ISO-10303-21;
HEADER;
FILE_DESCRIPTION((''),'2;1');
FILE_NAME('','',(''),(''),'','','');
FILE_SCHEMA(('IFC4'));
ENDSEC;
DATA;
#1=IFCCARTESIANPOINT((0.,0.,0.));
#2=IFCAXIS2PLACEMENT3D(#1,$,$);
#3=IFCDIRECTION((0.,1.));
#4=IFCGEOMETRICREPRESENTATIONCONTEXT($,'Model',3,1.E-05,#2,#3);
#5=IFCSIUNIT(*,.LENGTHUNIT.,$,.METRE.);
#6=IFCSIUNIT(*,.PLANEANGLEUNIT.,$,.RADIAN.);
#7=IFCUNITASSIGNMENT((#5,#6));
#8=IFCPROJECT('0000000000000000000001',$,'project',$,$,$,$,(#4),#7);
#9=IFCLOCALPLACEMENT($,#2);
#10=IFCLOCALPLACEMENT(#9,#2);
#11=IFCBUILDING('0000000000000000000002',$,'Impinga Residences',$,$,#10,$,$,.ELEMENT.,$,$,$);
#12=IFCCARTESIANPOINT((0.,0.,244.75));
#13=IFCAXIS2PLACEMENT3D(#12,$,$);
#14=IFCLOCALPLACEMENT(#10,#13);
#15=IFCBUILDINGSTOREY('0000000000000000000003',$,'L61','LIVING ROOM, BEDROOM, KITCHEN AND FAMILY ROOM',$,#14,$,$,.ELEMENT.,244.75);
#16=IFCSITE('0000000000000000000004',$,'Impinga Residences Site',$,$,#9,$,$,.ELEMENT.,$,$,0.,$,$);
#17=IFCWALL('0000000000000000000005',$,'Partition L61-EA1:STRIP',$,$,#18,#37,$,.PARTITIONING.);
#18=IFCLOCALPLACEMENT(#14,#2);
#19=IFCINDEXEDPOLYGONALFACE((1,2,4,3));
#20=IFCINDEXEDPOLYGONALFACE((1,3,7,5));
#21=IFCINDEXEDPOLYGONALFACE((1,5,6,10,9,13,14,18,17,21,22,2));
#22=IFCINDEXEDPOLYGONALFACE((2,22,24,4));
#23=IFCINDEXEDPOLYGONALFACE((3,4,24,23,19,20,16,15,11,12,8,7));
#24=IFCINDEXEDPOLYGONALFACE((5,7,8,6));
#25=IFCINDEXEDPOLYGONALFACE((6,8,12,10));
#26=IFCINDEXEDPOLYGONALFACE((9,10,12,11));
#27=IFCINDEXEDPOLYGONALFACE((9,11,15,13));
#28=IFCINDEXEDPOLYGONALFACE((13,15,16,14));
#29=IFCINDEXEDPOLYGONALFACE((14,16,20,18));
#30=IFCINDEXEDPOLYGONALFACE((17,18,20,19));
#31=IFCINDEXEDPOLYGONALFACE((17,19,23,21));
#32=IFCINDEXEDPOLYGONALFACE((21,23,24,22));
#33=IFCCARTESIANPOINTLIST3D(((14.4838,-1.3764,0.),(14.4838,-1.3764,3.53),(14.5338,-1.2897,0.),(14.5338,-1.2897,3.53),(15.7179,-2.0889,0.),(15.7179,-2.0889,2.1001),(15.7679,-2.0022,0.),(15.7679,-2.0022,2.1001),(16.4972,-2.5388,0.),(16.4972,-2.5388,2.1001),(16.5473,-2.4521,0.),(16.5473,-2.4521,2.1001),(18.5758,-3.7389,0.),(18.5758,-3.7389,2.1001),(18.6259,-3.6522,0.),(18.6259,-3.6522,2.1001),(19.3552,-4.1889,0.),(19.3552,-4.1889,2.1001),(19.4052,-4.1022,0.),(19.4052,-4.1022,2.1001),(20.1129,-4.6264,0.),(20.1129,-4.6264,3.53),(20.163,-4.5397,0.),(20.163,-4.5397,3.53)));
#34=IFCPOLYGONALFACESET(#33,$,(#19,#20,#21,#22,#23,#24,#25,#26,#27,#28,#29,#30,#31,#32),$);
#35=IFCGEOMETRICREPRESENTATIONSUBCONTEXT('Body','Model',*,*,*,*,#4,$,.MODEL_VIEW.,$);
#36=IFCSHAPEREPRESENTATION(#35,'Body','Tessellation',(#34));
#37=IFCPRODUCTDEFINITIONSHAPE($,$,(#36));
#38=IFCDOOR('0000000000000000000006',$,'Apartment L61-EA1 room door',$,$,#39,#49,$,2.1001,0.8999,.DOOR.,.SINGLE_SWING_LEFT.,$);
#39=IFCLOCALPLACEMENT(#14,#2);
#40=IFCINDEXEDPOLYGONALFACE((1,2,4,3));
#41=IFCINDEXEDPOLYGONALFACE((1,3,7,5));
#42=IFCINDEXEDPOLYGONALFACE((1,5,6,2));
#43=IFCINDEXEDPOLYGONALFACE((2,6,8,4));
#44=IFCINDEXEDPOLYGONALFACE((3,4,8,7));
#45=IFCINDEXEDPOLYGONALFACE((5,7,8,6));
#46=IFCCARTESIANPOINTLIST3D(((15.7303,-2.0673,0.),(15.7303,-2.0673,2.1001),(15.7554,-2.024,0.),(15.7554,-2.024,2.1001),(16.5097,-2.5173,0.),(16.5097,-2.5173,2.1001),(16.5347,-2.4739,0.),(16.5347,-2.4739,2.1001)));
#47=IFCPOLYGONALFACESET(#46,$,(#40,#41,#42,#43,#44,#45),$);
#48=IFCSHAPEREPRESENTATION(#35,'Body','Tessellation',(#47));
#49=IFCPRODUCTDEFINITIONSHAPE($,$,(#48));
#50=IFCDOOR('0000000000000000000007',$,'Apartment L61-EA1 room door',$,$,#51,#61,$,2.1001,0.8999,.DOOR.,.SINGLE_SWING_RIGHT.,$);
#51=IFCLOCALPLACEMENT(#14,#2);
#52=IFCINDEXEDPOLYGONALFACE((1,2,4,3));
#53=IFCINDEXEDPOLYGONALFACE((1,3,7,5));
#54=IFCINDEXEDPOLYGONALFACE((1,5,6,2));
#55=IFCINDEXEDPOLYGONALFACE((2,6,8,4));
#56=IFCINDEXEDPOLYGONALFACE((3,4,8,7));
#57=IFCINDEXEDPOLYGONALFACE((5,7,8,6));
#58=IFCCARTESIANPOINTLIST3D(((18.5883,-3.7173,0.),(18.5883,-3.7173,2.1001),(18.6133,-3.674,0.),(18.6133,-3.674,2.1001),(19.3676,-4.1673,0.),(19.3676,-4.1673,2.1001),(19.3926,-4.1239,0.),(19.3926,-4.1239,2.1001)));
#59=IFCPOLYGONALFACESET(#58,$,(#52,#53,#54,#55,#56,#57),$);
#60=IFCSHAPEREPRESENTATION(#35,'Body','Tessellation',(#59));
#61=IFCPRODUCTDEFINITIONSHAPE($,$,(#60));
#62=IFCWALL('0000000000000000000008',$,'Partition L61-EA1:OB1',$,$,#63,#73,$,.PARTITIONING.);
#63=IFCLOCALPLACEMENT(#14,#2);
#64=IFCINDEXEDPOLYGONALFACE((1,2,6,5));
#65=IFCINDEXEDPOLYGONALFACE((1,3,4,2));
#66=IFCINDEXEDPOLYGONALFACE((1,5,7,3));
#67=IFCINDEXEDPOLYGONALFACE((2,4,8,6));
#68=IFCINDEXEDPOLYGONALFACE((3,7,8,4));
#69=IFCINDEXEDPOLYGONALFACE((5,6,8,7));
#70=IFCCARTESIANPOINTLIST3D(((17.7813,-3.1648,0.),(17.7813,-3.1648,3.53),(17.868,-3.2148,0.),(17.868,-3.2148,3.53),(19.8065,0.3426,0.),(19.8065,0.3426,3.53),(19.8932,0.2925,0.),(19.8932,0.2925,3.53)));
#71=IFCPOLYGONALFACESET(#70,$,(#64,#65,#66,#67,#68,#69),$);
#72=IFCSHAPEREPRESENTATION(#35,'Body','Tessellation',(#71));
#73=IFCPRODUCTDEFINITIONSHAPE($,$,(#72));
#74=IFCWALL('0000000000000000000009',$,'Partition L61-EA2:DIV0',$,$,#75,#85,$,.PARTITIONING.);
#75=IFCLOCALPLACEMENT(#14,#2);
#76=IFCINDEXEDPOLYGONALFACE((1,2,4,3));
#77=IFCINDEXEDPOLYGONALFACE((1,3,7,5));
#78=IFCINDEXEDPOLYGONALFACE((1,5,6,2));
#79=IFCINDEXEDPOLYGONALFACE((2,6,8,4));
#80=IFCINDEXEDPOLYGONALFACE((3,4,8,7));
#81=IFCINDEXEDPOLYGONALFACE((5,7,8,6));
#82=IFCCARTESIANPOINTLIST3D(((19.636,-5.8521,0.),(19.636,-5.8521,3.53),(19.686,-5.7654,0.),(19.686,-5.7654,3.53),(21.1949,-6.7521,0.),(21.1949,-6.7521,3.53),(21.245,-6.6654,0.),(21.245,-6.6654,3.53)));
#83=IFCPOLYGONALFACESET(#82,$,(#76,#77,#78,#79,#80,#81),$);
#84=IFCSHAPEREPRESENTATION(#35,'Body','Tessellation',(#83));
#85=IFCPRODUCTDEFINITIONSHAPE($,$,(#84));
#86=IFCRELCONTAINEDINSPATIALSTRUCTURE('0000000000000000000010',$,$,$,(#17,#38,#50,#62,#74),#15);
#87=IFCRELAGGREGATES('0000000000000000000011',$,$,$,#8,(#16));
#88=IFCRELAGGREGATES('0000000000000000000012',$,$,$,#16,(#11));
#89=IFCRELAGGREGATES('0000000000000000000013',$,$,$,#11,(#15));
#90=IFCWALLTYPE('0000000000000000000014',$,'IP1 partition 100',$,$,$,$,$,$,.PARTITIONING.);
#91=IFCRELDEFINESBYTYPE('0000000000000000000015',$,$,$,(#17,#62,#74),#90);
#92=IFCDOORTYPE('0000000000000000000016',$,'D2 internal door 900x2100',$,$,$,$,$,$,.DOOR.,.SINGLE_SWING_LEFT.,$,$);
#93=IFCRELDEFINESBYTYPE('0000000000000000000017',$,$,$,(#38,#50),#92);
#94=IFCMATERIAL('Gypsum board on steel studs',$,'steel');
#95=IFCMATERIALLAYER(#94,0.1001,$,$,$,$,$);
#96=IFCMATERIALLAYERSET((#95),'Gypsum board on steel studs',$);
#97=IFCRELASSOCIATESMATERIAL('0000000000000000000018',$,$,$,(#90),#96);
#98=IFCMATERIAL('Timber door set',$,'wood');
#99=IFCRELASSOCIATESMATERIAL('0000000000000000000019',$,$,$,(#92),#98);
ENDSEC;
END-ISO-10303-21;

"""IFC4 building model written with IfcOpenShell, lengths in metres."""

from ifc_helpers import new_model, si_unit, direction, frame, frame_2d, origin, place, context, subcontext, project, spatial, rectangle, extrude, material, layer, layer_set, type_object, element, fill, save


model = new_model("IFC4")

# Units and contexts
model_context = context("Model", 3, precision=1e-05, world=origin(), true_north=direction((0.0, 1.0)))
body_context = subcontext(model_context, "Body", "Model", "MODEL_VIEW")
ifc_project = project(units=[si_unit("LENGTHUNIT", "METRE"), si_unit("PLANEANGLEUNIT", "RADIAN")], contexts=[model_context])

# Site, building, storey
site_placement = place(None, origin())
site = spatial("IfcSite", under=ifc_project, at=site_placement, Name="Impinga Residences Site", CompositionType="ELEMENT", RefElevation=0.0)
building_placement = place(site_placement, origin())
building = spatial("IfcBuilding", under=site, at=building_placement, Name="Impinga Residences", CompositionType="ELEMENT")
storey_placement = place(building_placement, frame((0.0, 0.0, 244.75)))
storey = spatial("IfcBuildingStorey", under=building, at=storey_placement, Name="L61", Description="LIVING ROOM, BEDROOM, KITCHEN AND FAMILY ROOM", CompositionType="ELEMENT", Elevation=244.75)

# Shared definitions
ifc_material_1 = material(Name="Gypsum board on steel studs", Category="steel")
ifc_layer_1 = layer(ifc_material_1, 0.1001)
ifc_layer_set_1 = layer_set([ifc_layer_1], Name="Gypsum board on steel studs")
wall_type_1 = type_object("IfcWallType", Name="IP1 partition 100", PredefinedType="PARTITIONING", material=ifc_layer_set_1)

# Wall, openings, doors
wall_1_placement = place(storey_placement, frame((14.5088, -1.333, 0.0), z_axis=(0.0, 0.0, 1.0), x_axis=(0.866025, -0.500001, 0.0)))
wall_1 = element("IfcWall", 1, at=wall_1_placement, inside=storey, type_object=wall_type_1, Name="Partition L61-EA1:STRIP", PredefinedType="PARTITIONING", context=body_context, shape_type="SweptSolid", body=[
    extrude(rectangle(XDim=6.5, YDim=0.1001, at=frame_2d((3.25, 0.0))), origin(), (0.0, 0.0, 1.0), 3.53),
])
opening_1_placement = place(wall_1_placement, frame((1.425, 0.0, 0.0)))
opening_1 = element("IfcOpeningElement", 2, at=opening_1_placement, cuts=wall_1, PredefinedType="OPENING", context=body_context, shape_type="SweptSolid", body=[
    extrude(rectangle(XDim=0.8999, YDim=2.1001, at=frame_2d((0.45, 1.05))), frame((0.0, 0.0601, 0.0), z_axis=(0.0, -1.0, 0.0), x_axis=(1.0, 0.0, 0.0)), (0.0, 0.0, 1.0), 0.1201),
])
opening_2_placement = place(wall_1_placement, frame((4.7251, 0.0, 0.0)))
opening_2 = element("IfcOpeningElement", 3, at=opening_2_placement, cuts=wall_1, PredefinedType="OPENING", context=body_context, shape_type="SweptSolid", body=[
    extrude(rectangle(XDim=0.8999, YDim=2.1001, at=frame_2d((0.45, 1.05))), frame((0.0, 0.0601, 0.0), z_axis=(0.0, -1.0, 0.0), x_axis=(1.0, 0.0, 0.0)), (0.0, 0.0, 1.0), 0.1201),
])
ifc_material_2 = material(Name="Timber door set", Category="wood")
door_type = type_object("IfcDoorType", Name="D2 internal door 900x2100", OperationType="SINGLE_SWING_LEFT", PredefinedType="DOOR", material=ifc_material_2)
door_1_placement = place(opening_1_placement, origin())
door_1 = element("IfcDoor", 4, at=door_1_placement, inside=storey, type_object=door_type, Name="Apartment L61-EA1 room door", OperationType="SINGLE_SWING_LEFT", OverallHeight=2.1001, OverallWidth=0.8999, PredefinedType="DOOR", context=body_context, shape_type="SweptSolid", body=[
    extrude(rectangle(XDim=0.8999, YDim=2.1001, at=frame_2d((0.45, 1.05))), frame((0.0, 0.0249, 0.0), z_axis=(0.0, -1.0, 0.0), x_axis=(1.0, 0.0, 0.0)), (0.0, 0.0, 1.0), 0.05),
])
fill(opening_1, door_1)
door_2_placement = place(opening_2_placement, origin())
door_2 = element("IfcDoor", 5, at=door_2_placement, inside=storey, type_object=door_type, Name="Apartment L61-EA1 room door", OperationType="SINGLE_SWING_RIGHT", OverallHeight=2.1001, OverallWidth=0.8999, PredefinedType="DOOR", context=body_context, shape_type="SweptSolid", body=[
    extrude(rectangle(XDim=0.8999, YDim=2.1001, at=frame_2d((0.45, 1.05))), frame((0.0, 0.0249, 0.0), z_axis=(0.0, -1.0, 0.0), x_axis=(1.0, 0.0, 0.0)), (0.0, 0.0, 1.0), 0.05),
])
fill(opening_2, door_2)

# Walls
wall_2_placement = place(storey_placement, frame((17.8247, -3.1897, 0.0), z_axis=(0.0, 0.0, 1.0), x_axis=(0.500036, 0.866005, 0.0)))
element("IfcWall", 6, at=wall_2_placement, inside=storey, type_object=wall_type_1, Name="Partition L61-EA1:OB1", PredefinedType="PARTITIONING", context=body_context, shape_type="SweptSolid", body=[
    extrude(rectangle(XDim=4.05, YDim=0.1001, at=frame_2d((2.0249, 0.0))), origin(), (0.0, 0.0, 1.0), 3.53),
])
wall_3_placement = place(storey_placement, frame((19.6611, -5.8088, 0.0), z_axis=(0.0, 0.0, 1.0), x_axis=(0.866048, -0.499961, 0.0)))
element("IfcWall", 7, at=wall_3_placement, inside=storey, type_object=wall_type_1, Name="Partition L61-EA2:DIV0", PredefinedType="PARTITIONING", context=body_context, shape_type="SweptSolid", body=[
    extrude(rectangle(XDim=1.8, YDim=0.1001, at=frame_2d((0.8999, 0.0))), origin(), (0.0, 0.0, 1.0), 3.53),
])

save(model, "model.ifc")
